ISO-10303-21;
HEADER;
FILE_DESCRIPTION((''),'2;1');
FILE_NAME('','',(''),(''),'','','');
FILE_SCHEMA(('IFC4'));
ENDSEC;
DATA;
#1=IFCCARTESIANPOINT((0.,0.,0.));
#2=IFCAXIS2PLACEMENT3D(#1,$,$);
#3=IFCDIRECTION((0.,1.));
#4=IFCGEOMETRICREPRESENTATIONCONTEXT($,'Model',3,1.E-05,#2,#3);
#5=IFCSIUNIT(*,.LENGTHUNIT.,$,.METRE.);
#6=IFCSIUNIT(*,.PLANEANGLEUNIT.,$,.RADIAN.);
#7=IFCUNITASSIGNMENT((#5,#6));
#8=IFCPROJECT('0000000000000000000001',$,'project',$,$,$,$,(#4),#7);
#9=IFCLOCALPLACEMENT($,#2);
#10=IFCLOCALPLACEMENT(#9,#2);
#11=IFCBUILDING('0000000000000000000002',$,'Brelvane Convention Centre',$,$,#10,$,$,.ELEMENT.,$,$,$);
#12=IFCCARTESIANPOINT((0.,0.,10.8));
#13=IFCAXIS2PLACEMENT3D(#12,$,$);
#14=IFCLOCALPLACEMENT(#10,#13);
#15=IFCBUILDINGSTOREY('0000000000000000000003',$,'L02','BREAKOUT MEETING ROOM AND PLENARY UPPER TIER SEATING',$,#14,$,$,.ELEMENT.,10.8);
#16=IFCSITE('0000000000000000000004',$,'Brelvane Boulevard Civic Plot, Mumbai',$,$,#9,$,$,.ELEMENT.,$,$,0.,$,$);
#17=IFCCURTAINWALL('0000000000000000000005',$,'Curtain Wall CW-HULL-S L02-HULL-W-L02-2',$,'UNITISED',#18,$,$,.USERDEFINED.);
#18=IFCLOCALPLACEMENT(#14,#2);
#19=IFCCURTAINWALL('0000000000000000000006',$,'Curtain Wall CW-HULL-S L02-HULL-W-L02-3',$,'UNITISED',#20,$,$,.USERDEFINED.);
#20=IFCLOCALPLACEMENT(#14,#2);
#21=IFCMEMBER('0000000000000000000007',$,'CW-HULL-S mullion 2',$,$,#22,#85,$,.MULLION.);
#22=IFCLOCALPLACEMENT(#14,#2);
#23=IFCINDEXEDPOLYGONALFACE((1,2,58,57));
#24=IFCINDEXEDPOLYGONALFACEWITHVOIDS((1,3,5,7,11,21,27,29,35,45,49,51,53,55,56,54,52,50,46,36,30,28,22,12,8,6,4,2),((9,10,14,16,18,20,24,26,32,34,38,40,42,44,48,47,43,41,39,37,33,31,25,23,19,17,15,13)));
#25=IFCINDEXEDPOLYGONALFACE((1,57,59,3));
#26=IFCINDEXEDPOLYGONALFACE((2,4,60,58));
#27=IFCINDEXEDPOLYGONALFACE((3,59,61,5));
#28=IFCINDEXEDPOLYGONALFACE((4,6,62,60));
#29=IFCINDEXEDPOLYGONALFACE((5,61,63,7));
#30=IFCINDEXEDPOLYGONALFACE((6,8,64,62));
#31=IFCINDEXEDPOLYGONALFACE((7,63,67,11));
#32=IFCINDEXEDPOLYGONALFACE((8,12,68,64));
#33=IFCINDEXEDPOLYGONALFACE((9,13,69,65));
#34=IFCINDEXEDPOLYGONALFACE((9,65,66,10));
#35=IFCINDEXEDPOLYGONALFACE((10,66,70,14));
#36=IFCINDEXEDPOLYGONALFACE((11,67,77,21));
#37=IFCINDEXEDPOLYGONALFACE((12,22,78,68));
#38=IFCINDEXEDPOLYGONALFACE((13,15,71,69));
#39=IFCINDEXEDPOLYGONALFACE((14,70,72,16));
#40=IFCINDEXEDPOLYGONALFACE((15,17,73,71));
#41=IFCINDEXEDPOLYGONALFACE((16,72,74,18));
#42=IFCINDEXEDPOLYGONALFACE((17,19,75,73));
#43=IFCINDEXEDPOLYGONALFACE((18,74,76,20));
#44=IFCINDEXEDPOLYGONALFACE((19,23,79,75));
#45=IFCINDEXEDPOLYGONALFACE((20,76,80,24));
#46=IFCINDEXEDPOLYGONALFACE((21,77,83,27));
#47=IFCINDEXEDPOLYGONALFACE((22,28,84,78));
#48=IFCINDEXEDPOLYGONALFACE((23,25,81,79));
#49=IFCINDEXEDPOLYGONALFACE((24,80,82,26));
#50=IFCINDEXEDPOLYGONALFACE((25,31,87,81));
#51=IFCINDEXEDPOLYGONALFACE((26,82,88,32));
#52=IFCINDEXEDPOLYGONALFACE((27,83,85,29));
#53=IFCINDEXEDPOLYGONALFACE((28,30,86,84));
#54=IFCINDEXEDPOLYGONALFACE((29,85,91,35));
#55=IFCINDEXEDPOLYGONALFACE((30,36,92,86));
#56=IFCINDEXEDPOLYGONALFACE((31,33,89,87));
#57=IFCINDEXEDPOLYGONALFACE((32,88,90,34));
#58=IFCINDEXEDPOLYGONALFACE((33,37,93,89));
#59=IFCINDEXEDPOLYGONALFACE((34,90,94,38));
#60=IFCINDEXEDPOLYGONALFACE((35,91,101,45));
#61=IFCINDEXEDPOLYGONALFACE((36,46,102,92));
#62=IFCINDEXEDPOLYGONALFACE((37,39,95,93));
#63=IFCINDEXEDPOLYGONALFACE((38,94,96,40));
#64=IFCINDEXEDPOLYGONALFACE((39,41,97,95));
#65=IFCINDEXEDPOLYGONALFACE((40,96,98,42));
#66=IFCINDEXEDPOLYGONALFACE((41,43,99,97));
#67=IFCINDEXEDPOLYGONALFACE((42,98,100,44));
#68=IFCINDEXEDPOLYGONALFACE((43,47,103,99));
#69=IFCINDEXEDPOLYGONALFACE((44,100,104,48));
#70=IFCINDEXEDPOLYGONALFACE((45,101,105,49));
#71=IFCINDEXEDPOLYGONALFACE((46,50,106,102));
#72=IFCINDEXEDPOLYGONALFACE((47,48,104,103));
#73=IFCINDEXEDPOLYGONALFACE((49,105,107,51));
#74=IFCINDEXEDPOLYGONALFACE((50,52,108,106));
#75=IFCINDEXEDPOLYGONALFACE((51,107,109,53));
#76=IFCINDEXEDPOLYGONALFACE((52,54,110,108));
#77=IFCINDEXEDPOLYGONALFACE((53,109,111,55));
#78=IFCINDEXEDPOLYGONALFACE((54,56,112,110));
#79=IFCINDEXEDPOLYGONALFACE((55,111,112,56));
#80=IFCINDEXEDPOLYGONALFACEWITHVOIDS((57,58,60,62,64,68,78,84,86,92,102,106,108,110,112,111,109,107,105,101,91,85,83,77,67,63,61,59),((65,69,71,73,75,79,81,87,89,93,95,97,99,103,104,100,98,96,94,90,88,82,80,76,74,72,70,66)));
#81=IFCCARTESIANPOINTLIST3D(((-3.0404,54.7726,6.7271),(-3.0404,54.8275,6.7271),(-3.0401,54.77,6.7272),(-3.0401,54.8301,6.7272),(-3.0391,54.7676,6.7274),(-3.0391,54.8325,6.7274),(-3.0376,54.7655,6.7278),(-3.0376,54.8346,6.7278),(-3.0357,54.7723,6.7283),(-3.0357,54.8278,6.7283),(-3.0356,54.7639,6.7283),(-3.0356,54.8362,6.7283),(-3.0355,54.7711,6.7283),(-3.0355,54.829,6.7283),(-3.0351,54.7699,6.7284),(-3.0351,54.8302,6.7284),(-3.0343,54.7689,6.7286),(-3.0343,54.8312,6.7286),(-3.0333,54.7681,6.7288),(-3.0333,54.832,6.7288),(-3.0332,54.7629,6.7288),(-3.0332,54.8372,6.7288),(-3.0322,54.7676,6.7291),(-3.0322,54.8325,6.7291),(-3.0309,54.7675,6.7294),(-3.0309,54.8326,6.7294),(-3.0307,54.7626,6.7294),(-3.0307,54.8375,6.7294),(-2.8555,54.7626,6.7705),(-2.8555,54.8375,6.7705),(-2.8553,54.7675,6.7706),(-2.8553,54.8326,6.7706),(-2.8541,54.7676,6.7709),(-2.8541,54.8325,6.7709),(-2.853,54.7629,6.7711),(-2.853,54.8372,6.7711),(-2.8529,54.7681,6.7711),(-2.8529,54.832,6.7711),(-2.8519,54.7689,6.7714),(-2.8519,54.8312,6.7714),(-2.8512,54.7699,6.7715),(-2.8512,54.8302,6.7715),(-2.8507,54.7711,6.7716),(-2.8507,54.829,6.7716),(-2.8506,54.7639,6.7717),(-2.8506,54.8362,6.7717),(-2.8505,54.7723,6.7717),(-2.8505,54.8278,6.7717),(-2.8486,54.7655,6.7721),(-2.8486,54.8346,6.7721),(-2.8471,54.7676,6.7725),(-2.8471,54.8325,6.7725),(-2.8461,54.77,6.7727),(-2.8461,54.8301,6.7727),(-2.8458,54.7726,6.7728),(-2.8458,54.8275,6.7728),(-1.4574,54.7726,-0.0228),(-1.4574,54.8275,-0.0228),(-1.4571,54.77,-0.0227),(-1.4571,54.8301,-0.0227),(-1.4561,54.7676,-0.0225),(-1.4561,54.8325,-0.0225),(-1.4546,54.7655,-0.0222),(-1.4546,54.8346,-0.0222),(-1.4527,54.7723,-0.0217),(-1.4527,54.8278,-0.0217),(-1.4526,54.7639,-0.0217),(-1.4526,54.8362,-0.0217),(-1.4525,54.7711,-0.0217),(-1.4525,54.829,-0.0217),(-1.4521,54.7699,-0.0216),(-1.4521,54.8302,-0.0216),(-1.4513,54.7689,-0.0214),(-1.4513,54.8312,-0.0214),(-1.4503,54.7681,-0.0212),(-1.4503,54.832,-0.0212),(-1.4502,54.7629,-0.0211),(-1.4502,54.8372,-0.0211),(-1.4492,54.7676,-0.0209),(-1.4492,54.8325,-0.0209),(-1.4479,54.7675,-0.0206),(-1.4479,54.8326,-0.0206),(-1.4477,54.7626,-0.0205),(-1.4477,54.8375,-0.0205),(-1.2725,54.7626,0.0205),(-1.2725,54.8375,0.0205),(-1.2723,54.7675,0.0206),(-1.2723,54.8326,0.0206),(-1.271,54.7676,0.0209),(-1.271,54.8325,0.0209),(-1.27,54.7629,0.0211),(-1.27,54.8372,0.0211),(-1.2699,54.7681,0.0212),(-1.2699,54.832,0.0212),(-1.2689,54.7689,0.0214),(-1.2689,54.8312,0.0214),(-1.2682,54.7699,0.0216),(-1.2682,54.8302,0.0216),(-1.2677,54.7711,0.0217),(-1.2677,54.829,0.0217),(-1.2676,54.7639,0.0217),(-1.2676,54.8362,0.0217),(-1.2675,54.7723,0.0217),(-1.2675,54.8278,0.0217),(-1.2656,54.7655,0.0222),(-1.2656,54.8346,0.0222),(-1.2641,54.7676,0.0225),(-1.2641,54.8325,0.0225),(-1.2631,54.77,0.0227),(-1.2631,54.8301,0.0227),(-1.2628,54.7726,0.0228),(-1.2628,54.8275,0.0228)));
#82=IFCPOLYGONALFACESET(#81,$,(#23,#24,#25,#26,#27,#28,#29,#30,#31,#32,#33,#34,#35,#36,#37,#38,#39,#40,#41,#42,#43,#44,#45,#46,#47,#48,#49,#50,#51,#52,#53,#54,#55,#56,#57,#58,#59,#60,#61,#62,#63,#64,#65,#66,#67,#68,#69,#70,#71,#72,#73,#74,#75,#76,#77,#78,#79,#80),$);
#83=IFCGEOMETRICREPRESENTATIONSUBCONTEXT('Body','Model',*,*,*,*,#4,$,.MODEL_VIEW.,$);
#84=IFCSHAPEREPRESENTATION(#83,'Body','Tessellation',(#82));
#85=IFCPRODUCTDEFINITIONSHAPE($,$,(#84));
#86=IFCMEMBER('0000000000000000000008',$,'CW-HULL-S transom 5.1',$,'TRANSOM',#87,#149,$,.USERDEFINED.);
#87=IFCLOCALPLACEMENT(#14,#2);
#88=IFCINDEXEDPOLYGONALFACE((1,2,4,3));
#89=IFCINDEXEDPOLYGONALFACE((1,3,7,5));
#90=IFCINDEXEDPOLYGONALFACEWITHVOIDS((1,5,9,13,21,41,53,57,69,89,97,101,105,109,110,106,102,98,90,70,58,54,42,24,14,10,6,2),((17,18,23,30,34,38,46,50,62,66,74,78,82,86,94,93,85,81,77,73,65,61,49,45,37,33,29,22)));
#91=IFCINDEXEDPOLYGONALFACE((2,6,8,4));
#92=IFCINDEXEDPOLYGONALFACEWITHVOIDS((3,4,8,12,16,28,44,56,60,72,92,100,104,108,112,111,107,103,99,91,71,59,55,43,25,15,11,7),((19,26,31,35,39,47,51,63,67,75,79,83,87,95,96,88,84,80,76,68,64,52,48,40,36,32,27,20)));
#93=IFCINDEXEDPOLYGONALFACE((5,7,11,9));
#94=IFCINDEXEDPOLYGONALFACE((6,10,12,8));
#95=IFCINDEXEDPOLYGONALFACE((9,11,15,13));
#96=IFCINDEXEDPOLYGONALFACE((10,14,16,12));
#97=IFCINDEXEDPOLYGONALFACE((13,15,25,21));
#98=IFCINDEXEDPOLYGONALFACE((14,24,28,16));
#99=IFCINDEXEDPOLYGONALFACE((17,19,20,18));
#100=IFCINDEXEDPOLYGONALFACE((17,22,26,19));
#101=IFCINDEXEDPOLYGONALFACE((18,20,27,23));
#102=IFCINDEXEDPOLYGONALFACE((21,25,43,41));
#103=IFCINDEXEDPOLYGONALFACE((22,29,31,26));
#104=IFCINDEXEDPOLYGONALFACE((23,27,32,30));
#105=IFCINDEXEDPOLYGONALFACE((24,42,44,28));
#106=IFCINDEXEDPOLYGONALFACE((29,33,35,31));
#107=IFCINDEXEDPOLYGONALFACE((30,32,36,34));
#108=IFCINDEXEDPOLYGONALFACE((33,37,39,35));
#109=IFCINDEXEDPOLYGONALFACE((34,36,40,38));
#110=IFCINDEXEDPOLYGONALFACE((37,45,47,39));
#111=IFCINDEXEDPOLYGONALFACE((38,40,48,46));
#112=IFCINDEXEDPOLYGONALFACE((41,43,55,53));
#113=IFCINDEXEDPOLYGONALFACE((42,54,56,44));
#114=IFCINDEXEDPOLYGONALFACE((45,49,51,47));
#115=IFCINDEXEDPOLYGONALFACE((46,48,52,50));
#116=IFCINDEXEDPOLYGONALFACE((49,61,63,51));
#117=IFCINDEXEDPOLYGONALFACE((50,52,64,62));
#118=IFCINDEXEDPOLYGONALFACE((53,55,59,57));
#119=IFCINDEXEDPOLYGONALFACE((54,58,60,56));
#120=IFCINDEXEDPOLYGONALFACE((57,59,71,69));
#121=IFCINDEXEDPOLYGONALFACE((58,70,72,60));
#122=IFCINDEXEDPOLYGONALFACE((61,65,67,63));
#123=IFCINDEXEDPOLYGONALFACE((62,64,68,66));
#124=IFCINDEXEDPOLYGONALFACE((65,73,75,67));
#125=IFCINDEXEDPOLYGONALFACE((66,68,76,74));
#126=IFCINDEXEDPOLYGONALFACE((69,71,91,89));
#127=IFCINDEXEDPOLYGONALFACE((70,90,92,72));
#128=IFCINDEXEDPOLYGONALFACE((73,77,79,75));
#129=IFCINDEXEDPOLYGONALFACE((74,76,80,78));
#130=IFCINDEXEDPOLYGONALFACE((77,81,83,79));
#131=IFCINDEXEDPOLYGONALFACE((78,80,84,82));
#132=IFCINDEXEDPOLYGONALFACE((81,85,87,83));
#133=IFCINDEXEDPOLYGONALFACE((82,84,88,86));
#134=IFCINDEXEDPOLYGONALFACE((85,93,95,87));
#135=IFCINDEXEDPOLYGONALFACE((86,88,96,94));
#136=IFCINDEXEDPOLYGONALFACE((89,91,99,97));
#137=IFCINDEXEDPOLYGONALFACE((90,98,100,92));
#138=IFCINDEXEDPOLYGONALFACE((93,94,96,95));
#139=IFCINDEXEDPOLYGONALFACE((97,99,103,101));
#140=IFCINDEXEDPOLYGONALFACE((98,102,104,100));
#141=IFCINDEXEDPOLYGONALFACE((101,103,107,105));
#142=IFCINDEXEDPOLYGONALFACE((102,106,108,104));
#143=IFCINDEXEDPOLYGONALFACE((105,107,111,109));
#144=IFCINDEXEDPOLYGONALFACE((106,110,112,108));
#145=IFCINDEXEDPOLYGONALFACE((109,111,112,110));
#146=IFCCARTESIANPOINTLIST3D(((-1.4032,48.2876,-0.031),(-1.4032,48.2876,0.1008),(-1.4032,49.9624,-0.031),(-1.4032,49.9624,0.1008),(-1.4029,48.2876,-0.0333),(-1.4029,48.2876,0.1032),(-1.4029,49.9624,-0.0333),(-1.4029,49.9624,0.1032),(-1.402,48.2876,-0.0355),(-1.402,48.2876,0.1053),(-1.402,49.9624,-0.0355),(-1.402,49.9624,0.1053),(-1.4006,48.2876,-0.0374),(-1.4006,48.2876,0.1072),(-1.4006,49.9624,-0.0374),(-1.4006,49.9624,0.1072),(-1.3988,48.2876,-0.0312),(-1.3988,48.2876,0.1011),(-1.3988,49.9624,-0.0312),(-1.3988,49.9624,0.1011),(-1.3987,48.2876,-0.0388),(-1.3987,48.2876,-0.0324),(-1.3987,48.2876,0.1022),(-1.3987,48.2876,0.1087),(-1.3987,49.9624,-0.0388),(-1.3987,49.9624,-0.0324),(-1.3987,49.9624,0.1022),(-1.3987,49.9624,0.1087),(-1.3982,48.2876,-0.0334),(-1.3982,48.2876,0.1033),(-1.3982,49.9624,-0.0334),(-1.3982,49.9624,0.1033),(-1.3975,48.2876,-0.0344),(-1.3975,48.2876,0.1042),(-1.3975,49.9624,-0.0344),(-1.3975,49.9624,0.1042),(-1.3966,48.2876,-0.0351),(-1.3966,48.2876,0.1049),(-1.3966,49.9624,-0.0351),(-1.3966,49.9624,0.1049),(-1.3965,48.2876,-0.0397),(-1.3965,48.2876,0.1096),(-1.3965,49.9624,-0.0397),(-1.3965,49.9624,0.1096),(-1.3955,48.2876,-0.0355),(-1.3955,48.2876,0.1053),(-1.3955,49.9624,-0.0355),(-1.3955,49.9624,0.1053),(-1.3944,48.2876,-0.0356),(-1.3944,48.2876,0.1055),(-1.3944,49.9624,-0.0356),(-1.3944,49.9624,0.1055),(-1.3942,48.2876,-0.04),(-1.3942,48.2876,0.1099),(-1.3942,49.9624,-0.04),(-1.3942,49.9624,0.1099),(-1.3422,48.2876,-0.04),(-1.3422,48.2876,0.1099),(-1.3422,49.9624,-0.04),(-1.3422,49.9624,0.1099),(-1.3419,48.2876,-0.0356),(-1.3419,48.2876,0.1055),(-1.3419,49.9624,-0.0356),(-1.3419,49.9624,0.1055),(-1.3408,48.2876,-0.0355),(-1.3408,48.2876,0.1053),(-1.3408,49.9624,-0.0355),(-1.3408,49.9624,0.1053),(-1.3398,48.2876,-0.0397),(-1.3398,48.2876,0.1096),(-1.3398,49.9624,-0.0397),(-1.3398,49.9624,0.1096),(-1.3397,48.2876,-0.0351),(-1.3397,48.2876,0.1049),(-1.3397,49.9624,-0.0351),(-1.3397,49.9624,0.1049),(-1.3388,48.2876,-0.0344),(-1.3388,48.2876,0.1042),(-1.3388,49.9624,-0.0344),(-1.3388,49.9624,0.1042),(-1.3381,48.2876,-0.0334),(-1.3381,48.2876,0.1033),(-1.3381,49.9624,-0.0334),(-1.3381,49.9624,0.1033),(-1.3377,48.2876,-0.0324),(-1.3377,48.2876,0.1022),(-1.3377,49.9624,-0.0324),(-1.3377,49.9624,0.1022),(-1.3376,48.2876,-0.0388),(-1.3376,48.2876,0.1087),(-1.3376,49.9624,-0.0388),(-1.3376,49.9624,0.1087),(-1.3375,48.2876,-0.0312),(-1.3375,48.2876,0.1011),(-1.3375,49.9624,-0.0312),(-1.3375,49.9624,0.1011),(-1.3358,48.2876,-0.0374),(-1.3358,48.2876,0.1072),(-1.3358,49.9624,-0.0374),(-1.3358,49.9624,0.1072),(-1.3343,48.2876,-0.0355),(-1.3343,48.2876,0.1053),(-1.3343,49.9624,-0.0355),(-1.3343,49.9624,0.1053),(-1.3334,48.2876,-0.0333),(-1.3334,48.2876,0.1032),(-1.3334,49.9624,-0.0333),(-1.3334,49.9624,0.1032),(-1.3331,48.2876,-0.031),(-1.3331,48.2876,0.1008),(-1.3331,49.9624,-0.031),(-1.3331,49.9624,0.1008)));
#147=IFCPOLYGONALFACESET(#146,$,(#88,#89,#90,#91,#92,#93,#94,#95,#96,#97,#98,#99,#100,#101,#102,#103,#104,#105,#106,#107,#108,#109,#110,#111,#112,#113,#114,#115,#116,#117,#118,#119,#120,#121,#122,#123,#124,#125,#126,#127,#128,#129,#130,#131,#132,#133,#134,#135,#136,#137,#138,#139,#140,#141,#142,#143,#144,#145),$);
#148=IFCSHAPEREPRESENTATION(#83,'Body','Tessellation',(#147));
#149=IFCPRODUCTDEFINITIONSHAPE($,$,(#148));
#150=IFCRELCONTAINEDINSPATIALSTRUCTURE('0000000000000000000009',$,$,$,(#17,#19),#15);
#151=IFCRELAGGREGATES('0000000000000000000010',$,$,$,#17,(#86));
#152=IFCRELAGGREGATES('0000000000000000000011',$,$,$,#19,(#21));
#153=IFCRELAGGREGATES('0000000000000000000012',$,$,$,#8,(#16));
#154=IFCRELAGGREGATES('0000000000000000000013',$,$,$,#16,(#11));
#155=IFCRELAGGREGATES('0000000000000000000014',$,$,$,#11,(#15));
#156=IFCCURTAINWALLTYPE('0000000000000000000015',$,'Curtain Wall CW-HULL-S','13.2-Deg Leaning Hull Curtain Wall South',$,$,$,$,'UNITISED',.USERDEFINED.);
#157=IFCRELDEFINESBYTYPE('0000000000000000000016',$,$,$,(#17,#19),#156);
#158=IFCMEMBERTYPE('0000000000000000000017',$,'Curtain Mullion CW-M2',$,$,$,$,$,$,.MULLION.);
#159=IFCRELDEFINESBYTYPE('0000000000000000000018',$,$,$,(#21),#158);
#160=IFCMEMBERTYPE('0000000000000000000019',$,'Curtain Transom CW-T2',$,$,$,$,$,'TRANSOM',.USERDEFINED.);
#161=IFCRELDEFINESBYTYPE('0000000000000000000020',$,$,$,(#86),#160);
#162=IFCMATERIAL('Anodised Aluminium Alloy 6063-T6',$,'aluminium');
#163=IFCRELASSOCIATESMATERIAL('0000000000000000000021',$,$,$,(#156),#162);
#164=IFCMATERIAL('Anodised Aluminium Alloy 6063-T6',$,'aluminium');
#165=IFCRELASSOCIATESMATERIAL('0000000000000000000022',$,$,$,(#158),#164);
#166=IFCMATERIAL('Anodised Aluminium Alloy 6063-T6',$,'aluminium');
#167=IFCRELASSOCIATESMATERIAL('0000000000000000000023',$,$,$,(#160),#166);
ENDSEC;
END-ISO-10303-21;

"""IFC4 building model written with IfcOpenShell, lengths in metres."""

from ifc_helpers import new_model, si_unit, direction, frame, origin, origin_2d, place, context, subcontext, project, spatial, hollow_rectangle, extrude, material, material_profile, profile_set, type_object, element, aggregate, save


model = new_model("IFC4")

# Units and contexts
model_context = context("Model", 3, precision=1e-05, world=origin(), true_north=direction((0.0, 1.0)))
body_context = subcontext(model_context, "Body", "Model", "MODEL_VIEW")
ifc_project = project(units=[si_unit("LENGTHUNIT", "METRE"), si_unit("PLANEANGLEUNIT", "RADIAN")], contexts=[model_context])

# Site, building, storey
site_placement = place(None, origin())
site = spatial("IfcSite", under=ifc_project, at=site_placement, Name="Brelvane Boulevard Civic Plot, Mumbai", CompositionType="ELEMENT", RefElevation=0.0)
building_placement = place(site_placement, origin())
building = spatial("IfcBuilding", under=site, at=building_placement, Name="Brelvane Convention Centre", CompositionType="ELEMENT")
storey_placement = place(building_placement, frame((0.0, 0.0, 10.8)))
storey = spatial("IfcBuildingStorey", under=building, at=storey_placement, Name="L02", Description="BREAKOUT MEETING ROOM AND PLENARY UPPER TIER SEATING", CompositionType="ELEMENT", Elevation=10.8)

# Curtain walls, member
ifc_material_1 = material(Name="Anodised Aluminium Alloy 6063-T6", Category="aluminium")
curtain_wall_type = type_object("IfcCurtainWallType", Name="Curtain Wall CW-HULL-S", Description="13.2-Deg Leaning Hull Curtain Wall South", ElementType="UNITISED", PredefinedType="USERDEFINED", material=ifc_material_1)
curtain_wall_1_placement = place(storey_placement, origin())
curtain_wall_1 = element("IfcCurtainWall", 1, at=curtain_wall_1_placement, inside=storey, type_object=curtain_wall_type, Name="Curtain Wall CW-HULL-S L02-HULL-W-L02-2", ObjectType="UNITISED", PredefinedType="USERDEFINED")
ifc_material_2 = material(Name="Anodised Aluminium Alloy 6063-T6", Category="aluminium")
ifc_material_profile_1 = material_profile(ifc_material_2, hollow_rectangle(XDim=0.075, YDim=0.2, WallThickness=0.0049, InnerFilletRadius=0.0049, OuterFilletRadius=0.01, at=origin_2d()), Name="ALU-M 200x75x5.0")
ifc_profile_set_1 = profile_set([ifc_material_profile_1], Name="Anodised Aluminium Alloy 6063-T6")
member_type_1 = type_object("IfcMemberType", Name="Curtain Mullion CW-M2", PredefinedType="MULLION", material=ifc_profile_set_1)
curtain_wall_2_placement = place(storey_placement, origin())
curtain_wall_2 = element("IfcCurtainWall", 2, at=curtain_wall_2_placement, inside=storey, type_object=curtain_wall_type, Name="Curtain Wall CW-HULL-S L02-HULL-W-L02-3", ObjectType="UNITISED", PredefinedType="USERDEFINED")
member_1_placement = place(storey_placement, frame((-1.3601, 54.8, 0.0), z_axis=(-0.228325, 0.0, 0.973585), x_axis=(0.0, -1.0, 0.0)))
member_1 = element("IfcMember", 3, at=member_1_placement, type_object=member_type_1, Name="CW-HULL-S mullion 2", PredefinedType="MULLION", context=body_context, shape_type="SweptSolid", body=[
    extrude(hollow_rectangle(XDim=0.075, YDim=0.2, WallThickness=0.0049, InnerFilletRadius=0.0049, OuterFilletRadius=0.01, at=origin_2d()), origin(), (0.0, 0.0, 1.0), 6.9331),
])

# Member
ifc_material_3 = material(Name="Anodised Aluminium Alloy 6063-T6", Category="aluminium")
ifc_material_profile_2 = material_profile(ifc_material_3, hollow_rectangle(XDim=0.0701, YDim=0.1499, WallThickness=0.0044, InnerFilletRadius=0.0044, OuterFilletRadius=0.009, at=origin_2d()), Name="ALU-T 150x70x4.5")
ifc_profile_set_2 = profile_set([ifc_material_profile_2], Name="Anodised Aluminium Alloy 6063-T6")
member_type_2 = type_object("IfcMemberType", Name="Curtain Transom CW-T2", ElementType="TRANSOM", PredefinedType="USERDEFINED", material=ifc_profile_set_2)
member_2_placement = place(storey_placement, frame((-1.3682, 48.2876, 0.0349), z_axis=(0.0, 1.0, 0.0), x_axis=(-1.0, 0.0, 0.0)))
member_2 = element("IfcMember", 4, at=member_2_placement, type_object=member_type_2, Name="CW-HULL-S transom 5.1", ObjectType="TRANSOM", PredefinedType="USERDEFINED", context=body_context, shape_type="SweptSolid", body=[
    extrude(hollow_rectangle(XDim=0.0701, YDim=0.1499, WallThickness=0.0044, InnerFilletRadius=0.0044, OuterFilletRadius=0.009, at=origin_2d()), origin(), (0.0, 0.0, 1.0), 1.6748),
])

aggregate(curtain_wall_1, [member_2])
aggregate(curtain_wall_2, [member_1])

save(model, "model.ifc")
